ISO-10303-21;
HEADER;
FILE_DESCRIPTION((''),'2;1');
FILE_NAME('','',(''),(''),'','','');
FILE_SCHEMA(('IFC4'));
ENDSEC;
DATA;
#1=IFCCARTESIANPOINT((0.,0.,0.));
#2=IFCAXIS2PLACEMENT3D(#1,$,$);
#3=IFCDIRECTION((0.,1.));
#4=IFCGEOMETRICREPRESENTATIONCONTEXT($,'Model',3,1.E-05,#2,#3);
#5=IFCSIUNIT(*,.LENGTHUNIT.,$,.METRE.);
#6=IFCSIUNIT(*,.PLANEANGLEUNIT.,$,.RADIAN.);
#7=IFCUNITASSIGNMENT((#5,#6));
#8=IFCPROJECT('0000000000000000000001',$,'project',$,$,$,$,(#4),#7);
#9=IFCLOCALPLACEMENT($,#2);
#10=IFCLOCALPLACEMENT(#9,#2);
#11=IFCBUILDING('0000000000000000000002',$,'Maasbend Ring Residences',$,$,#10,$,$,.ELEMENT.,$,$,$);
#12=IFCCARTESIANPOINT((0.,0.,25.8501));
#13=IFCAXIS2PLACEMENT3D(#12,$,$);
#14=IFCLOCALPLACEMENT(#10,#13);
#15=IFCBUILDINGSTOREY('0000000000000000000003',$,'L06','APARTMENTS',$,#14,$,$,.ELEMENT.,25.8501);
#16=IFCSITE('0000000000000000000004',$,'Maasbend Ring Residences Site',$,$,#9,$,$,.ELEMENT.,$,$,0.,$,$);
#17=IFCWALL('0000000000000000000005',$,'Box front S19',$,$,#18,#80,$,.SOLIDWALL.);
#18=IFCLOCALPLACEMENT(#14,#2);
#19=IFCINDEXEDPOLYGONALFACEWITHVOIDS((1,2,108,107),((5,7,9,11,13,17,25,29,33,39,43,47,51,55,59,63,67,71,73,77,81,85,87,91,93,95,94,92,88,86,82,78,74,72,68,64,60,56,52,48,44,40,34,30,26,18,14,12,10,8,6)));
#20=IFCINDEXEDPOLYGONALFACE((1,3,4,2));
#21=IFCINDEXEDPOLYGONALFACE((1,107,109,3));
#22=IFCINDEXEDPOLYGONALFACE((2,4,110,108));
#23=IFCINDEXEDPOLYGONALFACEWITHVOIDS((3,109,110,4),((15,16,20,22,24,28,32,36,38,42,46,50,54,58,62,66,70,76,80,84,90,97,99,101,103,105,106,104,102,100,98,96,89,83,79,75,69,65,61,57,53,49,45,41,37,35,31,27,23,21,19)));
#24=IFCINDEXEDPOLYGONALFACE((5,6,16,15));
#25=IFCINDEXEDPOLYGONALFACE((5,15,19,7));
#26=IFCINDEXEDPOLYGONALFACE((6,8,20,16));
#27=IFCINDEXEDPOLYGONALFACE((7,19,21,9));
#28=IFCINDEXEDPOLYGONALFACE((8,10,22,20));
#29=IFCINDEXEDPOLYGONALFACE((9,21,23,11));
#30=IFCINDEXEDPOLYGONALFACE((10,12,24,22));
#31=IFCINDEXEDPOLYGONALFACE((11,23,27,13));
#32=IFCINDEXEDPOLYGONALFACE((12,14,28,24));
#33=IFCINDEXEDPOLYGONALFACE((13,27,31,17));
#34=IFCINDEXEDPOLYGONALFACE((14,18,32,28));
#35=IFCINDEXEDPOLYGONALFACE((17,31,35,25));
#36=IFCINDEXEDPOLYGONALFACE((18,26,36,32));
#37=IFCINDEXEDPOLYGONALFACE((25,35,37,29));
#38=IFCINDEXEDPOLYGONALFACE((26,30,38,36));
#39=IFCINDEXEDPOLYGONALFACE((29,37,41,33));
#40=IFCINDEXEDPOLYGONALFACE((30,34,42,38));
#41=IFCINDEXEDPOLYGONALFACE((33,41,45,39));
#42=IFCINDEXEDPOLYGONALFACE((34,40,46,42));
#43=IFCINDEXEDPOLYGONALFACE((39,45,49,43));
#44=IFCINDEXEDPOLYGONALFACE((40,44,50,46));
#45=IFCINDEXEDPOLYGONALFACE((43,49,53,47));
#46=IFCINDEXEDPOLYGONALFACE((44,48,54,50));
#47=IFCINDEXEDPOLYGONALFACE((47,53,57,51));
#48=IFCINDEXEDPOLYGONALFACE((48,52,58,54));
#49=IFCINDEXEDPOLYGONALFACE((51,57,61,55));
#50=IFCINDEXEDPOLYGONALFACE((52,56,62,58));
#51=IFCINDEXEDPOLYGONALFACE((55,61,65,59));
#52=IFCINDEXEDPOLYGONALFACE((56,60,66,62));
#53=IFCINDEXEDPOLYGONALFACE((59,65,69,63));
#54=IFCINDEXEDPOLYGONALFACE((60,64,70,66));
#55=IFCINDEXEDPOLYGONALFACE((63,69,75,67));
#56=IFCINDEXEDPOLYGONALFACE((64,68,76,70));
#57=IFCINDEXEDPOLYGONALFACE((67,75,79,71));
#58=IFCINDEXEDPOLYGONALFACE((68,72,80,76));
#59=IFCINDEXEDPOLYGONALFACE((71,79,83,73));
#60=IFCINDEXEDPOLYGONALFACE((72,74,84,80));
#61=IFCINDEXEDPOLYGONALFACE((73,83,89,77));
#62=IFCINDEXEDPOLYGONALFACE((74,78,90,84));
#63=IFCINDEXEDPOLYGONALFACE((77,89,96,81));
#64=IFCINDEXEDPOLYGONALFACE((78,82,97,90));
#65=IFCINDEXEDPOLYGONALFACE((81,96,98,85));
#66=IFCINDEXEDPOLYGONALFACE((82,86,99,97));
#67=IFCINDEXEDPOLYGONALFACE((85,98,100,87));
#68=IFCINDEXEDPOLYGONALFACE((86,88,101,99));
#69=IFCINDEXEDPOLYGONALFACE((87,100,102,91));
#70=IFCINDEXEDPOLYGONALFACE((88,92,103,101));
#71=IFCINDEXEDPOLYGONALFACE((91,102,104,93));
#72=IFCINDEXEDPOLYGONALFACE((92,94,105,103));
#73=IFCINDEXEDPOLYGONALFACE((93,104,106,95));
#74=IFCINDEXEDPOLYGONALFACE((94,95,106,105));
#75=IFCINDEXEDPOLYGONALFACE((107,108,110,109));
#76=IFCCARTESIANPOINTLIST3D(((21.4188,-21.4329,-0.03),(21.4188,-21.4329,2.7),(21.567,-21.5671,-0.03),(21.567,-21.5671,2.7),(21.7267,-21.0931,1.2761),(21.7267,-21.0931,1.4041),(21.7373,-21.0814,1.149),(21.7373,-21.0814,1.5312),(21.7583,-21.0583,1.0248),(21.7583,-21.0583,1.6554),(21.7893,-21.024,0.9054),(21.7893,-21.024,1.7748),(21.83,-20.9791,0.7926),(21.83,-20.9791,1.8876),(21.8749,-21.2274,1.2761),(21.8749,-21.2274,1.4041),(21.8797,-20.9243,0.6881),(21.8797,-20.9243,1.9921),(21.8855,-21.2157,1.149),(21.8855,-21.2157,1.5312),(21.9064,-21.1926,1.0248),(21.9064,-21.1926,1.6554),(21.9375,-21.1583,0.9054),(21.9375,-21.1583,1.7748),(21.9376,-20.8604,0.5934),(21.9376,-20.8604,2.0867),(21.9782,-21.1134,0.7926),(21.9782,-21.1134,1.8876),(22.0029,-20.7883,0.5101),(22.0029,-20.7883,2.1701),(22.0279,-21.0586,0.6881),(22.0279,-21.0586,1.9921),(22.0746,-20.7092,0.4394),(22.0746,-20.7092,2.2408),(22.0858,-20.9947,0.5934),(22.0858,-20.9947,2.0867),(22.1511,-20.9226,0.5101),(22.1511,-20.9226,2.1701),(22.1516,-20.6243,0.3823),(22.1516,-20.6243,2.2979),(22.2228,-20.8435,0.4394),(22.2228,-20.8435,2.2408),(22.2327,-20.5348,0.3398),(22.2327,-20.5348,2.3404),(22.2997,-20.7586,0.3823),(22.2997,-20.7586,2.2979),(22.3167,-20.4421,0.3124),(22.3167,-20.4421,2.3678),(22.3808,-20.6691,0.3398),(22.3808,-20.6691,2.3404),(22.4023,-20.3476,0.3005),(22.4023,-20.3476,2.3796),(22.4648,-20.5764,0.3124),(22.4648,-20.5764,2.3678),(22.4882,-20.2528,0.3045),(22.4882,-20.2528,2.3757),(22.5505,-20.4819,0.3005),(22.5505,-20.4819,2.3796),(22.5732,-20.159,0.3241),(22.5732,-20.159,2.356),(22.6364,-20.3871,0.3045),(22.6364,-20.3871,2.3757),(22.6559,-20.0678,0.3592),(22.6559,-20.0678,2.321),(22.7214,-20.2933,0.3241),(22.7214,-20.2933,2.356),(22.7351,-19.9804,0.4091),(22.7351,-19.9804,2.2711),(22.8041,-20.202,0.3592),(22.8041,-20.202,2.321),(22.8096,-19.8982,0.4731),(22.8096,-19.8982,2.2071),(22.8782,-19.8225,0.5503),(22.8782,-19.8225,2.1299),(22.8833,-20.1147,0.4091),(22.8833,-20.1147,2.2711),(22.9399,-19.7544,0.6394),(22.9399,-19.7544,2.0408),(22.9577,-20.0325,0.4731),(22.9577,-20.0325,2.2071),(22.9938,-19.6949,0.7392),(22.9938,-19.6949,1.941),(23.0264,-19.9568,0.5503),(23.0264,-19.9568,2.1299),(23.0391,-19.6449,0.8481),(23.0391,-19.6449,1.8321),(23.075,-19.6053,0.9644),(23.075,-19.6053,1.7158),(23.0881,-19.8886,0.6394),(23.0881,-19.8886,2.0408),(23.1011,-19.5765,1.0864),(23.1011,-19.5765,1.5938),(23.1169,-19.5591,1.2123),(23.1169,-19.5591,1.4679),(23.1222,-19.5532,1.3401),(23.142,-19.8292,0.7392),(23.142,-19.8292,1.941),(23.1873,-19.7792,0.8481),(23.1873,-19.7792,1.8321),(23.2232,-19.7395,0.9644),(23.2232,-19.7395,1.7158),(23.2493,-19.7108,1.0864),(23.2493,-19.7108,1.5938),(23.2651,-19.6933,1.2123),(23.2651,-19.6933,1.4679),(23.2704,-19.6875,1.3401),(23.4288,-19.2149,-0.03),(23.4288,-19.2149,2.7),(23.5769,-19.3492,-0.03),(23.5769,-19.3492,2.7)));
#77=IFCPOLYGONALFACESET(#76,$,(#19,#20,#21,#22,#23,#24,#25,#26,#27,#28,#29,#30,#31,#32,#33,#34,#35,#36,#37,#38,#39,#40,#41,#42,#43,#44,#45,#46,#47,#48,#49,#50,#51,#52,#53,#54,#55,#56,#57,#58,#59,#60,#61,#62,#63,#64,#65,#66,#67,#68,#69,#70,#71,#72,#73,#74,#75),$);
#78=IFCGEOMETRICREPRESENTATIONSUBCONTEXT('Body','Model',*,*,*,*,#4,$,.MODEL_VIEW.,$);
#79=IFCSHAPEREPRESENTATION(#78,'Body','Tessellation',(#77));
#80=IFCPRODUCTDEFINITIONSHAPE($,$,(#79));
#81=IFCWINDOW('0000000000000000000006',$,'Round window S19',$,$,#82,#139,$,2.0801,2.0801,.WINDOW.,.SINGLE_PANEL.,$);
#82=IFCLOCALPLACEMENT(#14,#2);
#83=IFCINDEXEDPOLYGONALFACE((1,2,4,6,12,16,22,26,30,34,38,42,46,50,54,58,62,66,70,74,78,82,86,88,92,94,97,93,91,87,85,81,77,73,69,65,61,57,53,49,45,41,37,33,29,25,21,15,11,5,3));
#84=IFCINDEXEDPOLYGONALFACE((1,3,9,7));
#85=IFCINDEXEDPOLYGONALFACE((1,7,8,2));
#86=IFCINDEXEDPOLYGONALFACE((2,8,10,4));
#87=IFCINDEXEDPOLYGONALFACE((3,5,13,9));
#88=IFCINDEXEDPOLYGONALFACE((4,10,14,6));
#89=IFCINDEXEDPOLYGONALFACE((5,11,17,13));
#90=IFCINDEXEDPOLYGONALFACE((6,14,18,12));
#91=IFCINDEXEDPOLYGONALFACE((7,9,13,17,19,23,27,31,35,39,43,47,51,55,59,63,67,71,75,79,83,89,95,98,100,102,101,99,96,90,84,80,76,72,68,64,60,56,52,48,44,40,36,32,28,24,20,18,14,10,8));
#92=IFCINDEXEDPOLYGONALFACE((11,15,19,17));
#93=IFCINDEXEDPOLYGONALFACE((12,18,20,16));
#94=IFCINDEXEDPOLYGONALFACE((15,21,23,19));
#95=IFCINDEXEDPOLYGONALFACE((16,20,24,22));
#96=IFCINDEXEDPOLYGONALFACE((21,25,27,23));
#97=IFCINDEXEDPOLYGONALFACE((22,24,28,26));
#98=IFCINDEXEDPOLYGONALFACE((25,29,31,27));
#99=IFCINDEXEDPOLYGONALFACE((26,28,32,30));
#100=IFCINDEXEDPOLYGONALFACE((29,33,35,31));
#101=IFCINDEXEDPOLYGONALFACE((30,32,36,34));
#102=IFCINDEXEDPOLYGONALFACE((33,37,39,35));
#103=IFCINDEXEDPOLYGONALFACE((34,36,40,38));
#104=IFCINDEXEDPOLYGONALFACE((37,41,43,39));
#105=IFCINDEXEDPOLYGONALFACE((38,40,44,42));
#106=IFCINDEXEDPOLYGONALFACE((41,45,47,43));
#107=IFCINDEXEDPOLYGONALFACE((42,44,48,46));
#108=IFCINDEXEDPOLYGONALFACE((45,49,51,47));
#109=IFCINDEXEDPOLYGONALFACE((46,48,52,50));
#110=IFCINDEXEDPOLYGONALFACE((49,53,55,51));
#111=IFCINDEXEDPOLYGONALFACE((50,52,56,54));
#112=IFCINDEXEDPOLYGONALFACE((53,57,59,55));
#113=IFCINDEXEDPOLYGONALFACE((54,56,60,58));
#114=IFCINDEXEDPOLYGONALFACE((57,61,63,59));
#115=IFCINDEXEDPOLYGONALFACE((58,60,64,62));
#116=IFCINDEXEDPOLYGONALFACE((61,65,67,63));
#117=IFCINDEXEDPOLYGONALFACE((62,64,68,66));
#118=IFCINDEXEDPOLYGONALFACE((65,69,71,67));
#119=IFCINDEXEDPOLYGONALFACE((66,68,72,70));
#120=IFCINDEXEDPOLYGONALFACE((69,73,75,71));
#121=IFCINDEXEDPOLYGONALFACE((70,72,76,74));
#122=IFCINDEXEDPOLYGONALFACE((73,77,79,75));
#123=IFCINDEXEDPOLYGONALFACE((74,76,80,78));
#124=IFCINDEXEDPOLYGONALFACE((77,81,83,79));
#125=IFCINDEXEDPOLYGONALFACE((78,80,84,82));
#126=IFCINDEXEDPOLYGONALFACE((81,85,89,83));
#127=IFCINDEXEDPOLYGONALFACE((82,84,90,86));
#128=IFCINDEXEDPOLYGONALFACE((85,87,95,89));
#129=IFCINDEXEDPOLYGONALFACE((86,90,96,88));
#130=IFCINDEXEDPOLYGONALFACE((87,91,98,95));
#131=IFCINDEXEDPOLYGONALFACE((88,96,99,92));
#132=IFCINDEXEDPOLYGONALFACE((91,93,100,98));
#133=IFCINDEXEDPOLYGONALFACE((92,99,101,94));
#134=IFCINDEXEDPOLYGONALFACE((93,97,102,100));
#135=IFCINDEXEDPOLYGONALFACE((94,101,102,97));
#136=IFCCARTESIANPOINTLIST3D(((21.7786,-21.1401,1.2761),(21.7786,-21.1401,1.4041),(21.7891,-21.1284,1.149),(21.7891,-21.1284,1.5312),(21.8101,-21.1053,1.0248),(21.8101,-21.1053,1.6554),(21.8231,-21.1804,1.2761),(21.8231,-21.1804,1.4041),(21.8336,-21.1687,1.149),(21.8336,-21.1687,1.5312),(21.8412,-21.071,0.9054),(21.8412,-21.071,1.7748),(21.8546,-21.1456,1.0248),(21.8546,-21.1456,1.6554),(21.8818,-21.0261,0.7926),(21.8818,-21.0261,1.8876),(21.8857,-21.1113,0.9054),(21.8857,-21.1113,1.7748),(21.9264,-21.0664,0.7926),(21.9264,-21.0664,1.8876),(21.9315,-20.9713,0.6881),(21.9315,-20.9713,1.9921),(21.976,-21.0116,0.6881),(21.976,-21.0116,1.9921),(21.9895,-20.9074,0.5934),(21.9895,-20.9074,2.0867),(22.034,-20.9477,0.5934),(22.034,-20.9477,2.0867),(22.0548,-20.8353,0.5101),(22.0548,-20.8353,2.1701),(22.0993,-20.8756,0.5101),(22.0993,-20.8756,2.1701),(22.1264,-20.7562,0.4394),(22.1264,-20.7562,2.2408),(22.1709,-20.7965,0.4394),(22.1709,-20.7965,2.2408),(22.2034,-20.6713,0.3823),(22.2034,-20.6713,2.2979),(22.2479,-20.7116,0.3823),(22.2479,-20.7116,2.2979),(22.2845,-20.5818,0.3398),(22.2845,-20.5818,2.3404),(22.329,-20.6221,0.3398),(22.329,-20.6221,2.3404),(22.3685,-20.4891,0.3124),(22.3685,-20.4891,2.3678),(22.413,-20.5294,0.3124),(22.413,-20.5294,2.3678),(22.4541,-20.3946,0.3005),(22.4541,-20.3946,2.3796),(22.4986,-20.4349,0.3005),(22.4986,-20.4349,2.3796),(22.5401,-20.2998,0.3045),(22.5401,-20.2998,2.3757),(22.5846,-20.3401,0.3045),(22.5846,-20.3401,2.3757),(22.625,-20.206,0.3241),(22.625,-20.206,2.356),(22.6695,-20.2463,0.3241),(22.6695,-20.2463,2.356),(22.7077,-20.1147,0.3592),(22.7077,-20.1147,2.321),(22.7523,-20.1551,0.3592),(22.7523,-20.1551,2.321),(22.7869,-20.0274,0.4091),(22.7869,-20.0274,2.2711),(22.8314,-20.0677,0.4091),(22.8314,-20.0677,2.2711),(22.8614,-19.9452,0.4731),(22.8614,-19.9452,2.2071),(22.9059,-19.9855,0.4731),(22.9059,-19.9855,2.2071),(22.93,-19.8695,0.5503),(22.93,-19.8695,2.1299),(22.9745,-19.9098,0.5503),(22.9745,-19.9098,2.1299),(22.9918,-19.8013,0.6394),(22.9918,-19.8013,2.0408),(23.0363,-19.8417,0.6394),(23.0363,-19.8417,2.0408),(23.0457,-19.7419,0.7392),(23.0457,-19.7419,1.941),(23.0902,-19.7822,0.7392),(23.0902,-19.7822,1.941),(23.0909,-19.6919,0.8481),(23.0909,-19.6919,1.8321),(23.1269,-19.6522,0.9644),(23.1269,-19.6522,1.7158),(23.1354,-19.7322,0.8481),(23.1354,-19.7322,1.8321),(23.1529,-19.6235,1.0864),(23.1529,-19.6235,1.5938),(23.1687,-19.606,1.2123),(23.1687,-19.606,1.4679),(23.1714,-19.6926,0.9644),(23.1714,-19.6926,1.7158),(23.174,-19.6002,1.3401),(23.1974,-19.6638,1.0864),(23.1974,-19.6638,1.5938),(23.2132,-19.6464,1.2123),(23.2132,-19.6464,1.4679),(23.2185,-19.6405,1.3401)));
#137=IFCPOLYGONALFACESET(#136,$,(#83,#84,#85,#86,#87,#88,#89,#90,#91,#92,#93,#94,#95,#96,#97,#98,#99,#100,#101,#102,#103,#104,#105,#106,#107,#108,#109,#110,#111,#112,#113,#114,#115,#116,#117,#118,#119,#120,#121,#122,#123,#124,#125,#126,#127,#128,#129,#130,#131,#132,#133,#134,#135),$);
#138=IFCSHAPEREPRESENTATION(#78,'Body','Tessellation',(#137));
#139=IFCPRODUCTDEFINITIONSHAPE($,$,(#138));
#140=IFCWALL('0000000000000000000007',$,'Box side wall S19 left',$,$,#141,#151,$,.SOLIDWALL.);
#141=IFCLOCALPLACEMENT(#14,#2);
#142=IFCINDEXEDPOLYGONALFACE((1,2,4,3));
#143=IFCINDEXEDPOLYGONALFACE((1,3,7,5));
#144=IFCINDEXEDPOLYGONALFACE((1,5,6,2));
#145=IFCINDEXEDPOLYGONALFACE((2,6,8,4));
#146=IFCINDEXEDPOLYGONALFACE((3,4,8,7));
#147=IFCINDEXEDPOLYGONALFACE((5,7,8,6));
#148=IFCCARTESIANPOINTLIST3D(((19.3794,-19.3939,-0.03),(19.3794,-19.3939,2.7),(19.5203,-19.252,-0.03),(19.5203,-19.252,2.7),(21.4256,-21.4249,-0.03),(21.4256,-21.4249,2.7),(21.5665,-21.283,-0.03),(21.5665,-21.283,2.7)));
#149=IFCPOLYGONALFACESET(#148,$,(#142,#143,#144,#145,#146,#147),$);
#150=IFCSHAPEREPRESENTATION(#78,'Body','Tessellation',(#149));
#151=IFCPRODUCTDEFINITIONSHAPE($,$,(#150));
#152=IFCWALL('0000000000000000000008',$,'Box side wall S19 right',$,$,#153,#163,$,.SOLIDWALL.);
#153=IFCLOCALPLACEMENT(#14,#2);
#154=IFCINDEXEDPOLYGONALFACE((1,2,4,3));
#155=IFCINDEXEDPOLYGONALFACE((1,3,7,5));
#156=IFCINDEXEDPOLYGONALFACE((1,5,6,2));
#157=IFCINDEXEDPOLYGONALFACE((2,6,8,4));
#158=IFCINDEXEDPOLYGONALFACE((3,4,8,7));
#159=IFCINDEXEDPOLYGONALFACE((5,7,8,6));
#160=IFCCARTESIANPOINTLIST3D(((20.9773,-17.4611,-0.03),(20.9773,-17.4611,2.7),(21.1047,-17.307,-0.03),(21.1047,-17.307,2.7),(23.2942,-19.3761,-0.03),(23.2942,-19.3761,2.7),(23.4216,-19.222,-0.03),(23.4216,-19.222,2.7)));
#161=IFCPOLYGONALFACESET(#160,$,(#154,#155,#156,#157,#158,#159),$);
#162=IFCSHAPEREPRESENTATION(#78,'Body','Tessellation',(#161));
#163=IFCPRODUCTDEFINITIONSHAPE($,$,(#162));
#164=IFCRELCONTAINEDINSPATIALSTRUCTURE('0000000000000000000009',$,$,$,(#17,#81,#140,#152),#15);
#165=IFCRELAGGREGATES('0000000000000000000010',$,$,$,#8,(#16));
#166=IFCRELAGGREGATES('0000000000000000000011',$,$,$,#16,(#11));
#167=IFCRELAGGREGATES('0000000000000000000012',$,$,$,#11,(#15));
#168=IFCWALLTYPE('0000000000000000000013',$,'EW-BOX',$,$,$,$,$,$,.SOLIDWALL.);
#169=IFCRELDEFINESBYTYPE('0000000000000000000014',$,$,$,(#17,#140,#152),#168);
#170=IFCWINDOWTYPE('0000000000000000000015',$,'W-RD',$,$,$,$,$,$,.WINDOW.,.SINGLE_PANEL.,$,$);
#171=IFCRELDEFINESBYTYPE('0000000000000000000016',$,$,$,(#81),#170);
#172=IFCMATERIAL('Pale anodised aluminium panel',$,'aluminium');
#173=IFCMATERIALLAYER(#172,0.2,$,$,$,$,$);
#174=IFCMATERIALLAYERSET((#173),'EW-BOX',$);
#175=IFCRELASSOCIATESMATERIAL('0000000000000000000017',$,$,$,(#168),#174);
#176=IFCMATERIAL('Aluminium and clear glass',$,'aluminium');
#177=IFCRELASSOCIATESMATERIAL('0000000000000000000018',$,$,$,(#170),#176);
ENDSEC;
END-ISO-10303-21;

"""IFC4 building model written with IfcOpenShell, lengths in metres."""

from ifc_helpers import new_model, si_unit, direction, frame, frame_2d, origin, place, context, subcontext, project, spatial, rectangle, circle, extrude, material, layer, layer_set, type_object, element, fill, save


model = new_model("IFC4")

# Units and contexts
model_context = context("Model", 3, precision=1e-05, world=origin(), true_north=direction((0.0, 1.0)))
body_context = subcontext(model_context, "Body", "Model", "MODEL_VIEW")
ifc_project = project(units=[si_unit("LENGTHUNIT", "METRE"), si_unit("PLANEANGLEUNIT", "RADIAN")], contexts=[model_context])

# Site, building, storey
site_placement = place(None, origin())
site = spatial("IfcSite", under=ifc_project, at=site_placement, Name="Maasbend Ring Residences Site", CompositionType="ELEMENT", RefElevation=0.0)
building_placement = place(site_placement, origin())
building = spatial("IfcBuilding", under=site, at=building_placement, Name="Maasbend Ring Residences", CompositionType="ELEMENT")
storey_placement = place(building_placement, frame((0.0, 0.0, 25.8501)))
storey = spatial("IfcBuildingStorey", under=building, at=storey_placement, Name="L06", Description="APARTMENTS", CompositionType="ELEMENT", Elevation=25.8501)

# Shared definitions
ifc_material_1 = material(Name="Pale anodised aluminium panel", Category="aluminium")
ifc_layer_1 = layer(ifc_material_1, 0.2)
ifc_layer_set_1 = layer_set([ifc_layer_1], Name="EW-BOX")
wall_type_1 = type_object("IfcWallType", Name="EW-BOX", PredefinedType="SOLIDWALL", material=ifc_layer_set_1)
ifc_material_2 = material(Name="Aluminium and clear glass", Category="aluminium")
window_type_1 = type_object("IfcWindowType", Name="W-RD", PartitioningType="SINGLE_PANEL", PredefinedType="WINDOW", material=ifc_material_2)

# Wall, opening, window
wall_1_placement = place(storey_placement, frame((21.4929, -21.5, -0.03), z_axis=(0.0, 0.0, 1.0), x_axis=(0.671507, 0.740998, 0.0)))
wall_1 = element("IfcWall", 1, at=wall_1_placement, inside=storey, type_object=wall_type_1, Name="Box front S19", PredefinedType="SOLIDWALL", context=body_context, shape_type="SweptSolid", body=[
    extrude(rectangle(XDim=2.9932, YDim=0.2, at=frame_2d((1.4966, 0.0))), origin(), (0.0, 0.0, 1.0), 2.73),
])
opening_1_placement = place(wall_1_placement, frame((0.4565, 0.0, 0.3301)))
opening_1 = element("IfcOpeningElement", 2, at=opening_1_placement, cuts=wall_1, PredefinedType="OPENING", context=body_context, shape_type="SweptSolid", body=[
    extrude(circle(Radius=1.04, at=frame_2d((1.04, 1.04))), frame((0.0, 0.1099, 0.0), z_axis=(0.0, -1.0, 0.0), x_axis=(1.0, 0.0, 0.0)), (0.0, 0.0, 1.0), 0.22),
])
window_1_placement = place(opening_1_placement, origin())
window_1 = element("IfcWindow", 3, at=window_1_placement, inside=storey, type_object=window_type_1, Name="Round window S19", OverallHeight=2.0801, OverallWidth=2.0801, PartitioningType="SINGLE_PANEL", PredefinedType="WINDOW", context=body_context, shape_type="SweptSolid", body=[
    extrude(circle(Radius=1.04, at=frame_2d((1.04, 1.04))), frame((0.0, 0.03, 0.0), z_axis=(0.0, -1.0, 0.0), x_axis=(1.0, 0.0, 0.0)), (0.0, 0.0, 1.0), 0.0601),
])
fill(opening_1, window_1)

# Walls
wall_2_placement = place(storey_placement, frame((19.45, -19.323, -0.03), z_axis=(0.0, 0.0, 1.0), x_axis=(0.709727, -0.704477, 0.0)))
element("IfcWall", 4, at=wall_2_placement, inside=storey, type_object=wall_type_1, Name="Box side wall S19 left", PredefinedType="SOLIDWALL", context=body_context, shape_type="SweptSolid", body=[
    extrude(rectangle(XDim=2.8831, YDim=0.2, at=frame_2d((1.4414, 0.0))), origin(), (0.0, 0.0, 1.0), 2.73),
])
wall_3_placement = place(storey_placement, frame((21.041, -17.384, -0.03), z_axis=(0.0, 0.0, 1.0), x_axis=(0.770785, -0.637096, 0.0)))
element("IfcWall", 5, at=wall_3_placement, inside=storey, type_object=wall_type_1, Name="Box side wall S19 right", PredefinedType="SOLIDWALL", context=body_context, shape_type="SweptSolid", body=[
    extrude(rectangle(XDim=3.0059, YDim=0.2, at=frame_2d((1.5029, 0.0))), origin(), (0.0, 0.0, 1.0), 2.73),
])

save(model, "model.ifc")
